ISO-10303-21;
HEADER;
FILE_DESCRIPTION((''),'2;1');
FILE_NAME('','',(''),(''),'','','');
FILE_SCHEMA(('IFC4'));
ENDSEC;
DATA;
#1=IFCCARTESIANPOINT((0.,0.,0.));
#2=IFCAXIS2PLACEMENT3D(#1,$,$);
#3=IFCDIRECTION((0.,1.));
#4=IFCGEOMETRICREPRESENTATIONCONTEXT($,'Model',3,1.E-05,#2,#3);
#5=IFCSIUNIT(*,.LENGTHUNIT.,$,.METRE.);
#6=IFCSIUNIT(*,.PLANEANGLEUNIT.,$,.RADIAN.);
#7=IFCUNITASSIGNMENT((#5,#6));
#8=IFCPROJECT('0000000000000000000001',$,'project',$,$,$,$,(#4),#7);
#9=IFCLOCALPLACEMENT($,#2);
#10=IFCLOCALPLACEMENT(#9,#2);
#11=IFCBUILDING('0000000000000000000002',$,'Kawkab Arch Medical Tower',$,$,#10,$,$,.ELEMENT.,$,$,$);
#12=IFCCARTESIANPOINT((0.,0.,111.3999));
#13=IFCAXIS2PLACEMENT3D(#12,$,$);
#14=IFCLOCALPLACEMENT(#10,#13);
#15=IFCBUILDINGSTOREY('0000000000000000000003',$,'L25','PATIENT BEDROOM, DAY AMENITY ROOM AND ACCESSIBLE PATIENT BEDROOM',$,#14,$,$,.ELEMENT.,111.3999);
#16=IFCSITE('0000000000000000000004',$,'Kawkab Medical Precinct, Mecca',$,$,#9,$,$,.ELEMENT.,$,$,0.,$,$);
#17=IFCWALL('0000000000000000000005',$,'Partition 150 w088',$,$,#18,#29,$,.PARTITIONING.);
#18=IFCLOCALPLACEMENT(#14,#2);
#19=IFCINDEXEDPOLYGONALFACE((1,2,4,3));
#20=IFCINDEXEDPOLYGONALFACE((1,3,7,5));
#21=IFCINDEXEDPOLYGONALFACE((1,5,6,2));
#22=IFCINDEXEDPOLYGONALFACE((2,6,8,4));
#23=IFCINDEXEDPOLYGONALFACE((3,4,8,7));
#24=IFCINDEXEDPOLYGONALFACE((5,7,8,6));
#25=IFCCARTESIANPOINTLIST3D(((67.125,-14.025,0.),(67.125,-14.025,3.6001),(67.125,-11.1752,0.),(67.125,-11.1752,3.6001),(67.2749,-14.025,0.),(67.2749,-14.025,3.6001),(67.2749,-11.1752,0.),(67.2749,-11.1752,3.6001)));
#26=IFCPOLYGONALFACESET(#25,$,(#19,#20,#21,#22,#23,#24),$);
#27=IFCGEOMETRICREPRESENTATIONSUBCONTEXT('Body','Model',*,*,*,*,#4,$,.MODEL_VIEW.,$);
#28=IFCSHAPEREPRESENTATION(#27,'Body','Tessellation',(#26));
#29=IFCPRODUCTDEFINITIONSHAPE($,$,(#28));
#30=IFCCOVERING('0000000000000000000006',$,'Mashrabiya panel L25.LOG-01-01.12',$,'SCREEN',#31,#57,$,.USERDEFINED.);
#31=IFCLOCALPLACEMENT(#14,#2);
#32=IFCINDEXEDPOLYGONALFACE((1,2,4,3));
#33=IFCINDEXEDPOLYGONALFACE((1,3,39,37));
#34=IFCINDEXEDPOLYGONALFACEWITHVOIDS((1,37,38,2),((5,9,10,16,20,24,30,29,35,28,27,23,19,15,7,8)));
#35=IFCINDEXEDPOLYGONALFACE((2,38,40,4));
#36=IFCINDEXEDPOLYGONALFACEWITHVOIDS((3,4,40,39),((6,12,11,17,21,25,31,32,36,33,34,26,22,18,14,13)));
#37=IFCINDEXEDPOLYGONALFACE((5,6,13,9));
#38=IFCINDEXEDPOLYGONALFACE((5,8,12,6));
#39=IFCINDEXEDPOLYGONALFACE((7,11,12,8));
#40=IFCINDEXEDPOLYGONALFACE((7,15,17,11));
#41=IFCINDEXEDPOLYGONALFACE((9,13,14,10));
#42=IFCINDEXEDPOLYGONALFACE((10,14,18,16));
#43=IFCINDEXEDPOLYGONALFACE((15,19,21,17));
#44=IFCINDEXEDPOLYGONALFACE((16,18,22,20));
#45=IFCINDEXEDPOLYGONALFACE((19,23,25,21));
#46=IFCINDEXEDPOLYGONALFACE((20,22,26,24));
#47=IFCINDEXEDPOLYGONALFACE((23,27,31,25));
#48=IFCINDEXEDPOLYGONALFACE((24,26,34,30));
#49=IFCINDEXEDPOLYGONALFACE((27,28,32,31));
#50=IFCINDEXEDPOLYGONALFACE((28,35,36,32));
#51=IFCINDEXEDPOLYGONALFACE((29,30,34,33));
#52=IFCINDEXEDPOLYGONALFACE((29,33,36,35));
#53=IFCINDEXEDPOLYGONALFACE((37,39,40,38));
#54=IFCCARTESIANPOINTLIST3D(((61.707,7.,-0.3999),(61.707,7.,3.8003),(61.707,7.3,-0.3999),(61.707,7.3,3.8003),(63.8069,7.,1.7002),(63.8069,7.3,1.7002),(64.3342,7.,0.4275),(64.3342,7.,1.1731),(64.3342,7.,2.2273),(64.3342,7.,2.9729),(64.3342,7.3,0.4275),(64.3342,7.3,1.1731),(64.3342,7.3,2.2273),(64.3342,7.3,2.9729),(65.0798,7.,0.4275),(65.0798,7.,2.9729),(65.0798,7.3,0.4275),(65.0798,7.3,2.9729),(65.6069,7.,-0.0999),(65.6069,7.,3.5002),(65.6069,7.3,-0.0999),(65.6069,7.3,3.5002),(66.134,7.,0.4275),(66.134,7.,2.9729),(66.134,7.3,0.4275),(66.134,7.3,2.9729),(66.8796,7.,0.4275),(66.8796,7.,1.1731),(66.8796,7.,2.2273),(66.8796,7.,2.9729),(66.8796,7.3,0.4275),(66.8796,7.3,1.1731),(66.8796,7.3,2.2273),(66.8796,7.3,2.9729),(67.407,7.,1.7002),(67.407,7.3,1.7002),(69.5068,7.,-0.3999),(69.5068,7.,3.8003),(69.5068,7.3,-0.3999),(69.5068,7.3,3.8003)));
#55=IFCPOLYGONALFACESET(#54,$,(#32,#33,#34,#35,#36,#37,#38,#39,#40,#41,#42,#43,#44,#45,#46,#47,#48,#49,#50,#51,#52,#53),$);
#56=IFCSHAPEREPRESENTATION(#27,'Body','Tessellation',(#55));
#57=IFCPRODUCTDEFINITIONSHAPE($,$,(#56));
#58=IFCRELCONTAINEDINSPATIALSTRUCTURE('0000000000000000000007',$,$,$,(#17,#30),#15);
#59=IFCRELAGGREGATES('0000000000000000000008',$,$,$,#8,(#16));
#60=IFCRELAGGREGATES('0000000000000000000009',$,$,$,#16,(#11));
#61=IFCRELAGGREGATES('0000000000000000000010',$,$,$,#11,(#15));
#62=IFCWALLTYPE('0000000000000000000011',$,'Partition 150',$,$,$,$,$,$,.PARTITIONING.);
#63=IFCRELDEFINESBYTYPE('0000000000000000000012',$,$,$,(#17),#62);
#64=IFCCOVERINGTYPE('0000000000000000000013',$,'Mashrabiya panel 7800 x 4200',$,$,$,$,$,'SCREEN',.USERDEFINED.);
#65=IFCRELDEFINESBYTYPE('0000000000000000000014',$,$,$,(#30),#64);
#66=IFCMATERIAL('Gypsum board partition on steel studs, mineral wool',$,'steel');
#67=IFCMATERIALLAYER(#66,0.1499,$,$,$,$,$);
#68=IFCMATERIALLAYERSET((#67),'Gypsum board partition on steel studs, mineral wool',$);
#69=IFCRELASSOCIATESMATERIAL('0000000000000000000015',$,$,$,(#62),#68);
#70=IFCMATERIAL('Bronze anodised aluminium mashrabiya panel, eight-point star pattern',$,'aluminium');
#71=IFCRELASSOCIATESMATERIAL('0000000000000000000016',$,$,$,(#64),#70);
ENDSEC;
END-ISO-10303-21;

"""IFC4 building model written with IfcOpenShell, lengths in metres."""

from ifc_helpers import new_model, si_unit, direction, frame, frame_2d, origin, place, context, subcontext, project, spatial, polyline, rectangle, outline, extrude, material, layer, layer_set, material_profile, profile_set, type_object, element, save


model = new_model("IFC4")

# Units and contexts
model_context = context("Model", 3, precision=1e-05, world=origin(), true_north=direction((0.0, 1.0)))
body_context = subcontext(model_context, "Body", "Model", "MODEL_VIEW")
ifc_project = project(units=[si_unit("LENGTHUNIT", "METRE"), si_unit("PLANEANGLEUNIT", "RADIAN")], contexts=[model_context])

# Site, building, storey
site_placement = place(None, origin())
site = spatial("IfcSite", under=ifc_project, at=site_placement, Name="Kawkab Medical Precinct, Mecca", CompositionType="ELEMENT", RefElevation=0.0)
building_placement = place(site_placement, origin())
building = spatial("IfcBuilding", under=site, at=building_placement, Name="Kawkab Arch Medical Tower", CompositionType="ELEMENT")
storey_placement = place(building_placement, frame((0.0, 0.0, 111.3999)))
storey = spatial("IfcBuildingStorey", under=building, at=storey_placement, Name="L25", Description="PATIENT BEDROOM, DAY AMENITY ROOM AND ACCESSIBLE PATIENT BEDROOM", CompositionType="ELEMENT", Elevation=111.3999)

# Wall
ifc_material_1 = material(Name="Gypsum board partition on steel studs, mineral wool", Category="steel")
ifc_layer_1 = layer(ifc_material_1, 0.1499)
ifc_layer_set_1 = layer_set([ifc_layer_1], Name="Gypsum board partition on steel studs, mineral wool")
wall_type_1 = type_object("IfcWallType", Name="Partition 150", PredefinedType="PARTITIONING", material=ifc_layer_set_1)
wall_1_placement = place(storey_placement, frame((67.2, -14.0249, 0.0), z_axis=(0.0, 0.0, 1.0), x_axis=(0.0, 1.0, 0.0)))
element("IfcWall", 1, at=wall_1_placement, inside=storey, type_object=wall_type_1, Name="Partition 150 w088", PredefinedType="PARTITIONING", context=body_context, shape_type="SweptSolid", body=[
    extrude(rectangle(XDim=2.8499, YDim=0.1499, at=frame_2d((1.4248, 0.0))), origin(), (0.0, 0.0, 1.0), 3.6001),
])

# Covering
ifc_material_2 = material(Name="Bronze anodised aluminium mashrabiya panel, eight-point star pattern", Category="aluminium")
ifc_material_profile_1 = material_profile(ifc_material_2, outline(polyline([(-3.8999, -2.1001), (3.8999, -2.1001), (3.8999, 2.1001), (-3.8999, 2.1001), (-3.8999, -2.1001)]), holes=[polyline([(1.8, 0.0), (1.2727, 0.5271), (1.2727, 1.2727), (0.5271, 1.2727), (0.0, 1.8), (-0.5271, 1.2727), (-1.2727, 1.2727), (-1.2727, 0.5271), (-1.8, 0.0), (-1.2727, -0.5271), (-1.2727, -1.2727), (-0.5271, -1.2727), (0.0, -1.8), (0.5271, -1.2727), (1.2727, -1.2727), (1.2727, -0.5271), (1.8, 0.0)])]), Name="Mashrabiya panel 7800x4200")
ifc_profile_set_1 = profile_set([ifc_material_profile_1], Name="Bronze anodised aluminium mashrabiya panel, eight-point star pattern")
covering_type = type_object("IfcCoveringType", Name="Mashrabiya panel 7800 x 4200", ElementType="SCREEN", PredefinedType="USERDEFINED", material=ifc_profile_set_1)
covering_placement = place(storey_placement, frame((65.6069, 7.0, 1.7002), z_axis=(0.0, 1.0, 0.0), x_axis=(-1.0, 0.0, 0.0)))
element("IfcCovering", 2, at=covering_placement, inside=storey, type_object=covering_type, Name="Mashrabiya panel L25.LOG-01-01.12", ObjectType="SCREEN", PredefinedType="USERDEFINED", context=body_context, shape_type="SweptSolid", body=[
    extrude(outline(polyline([(-3.8999, -2.1001), (3.8999, -2.1001), (3.8999, 2.1001), (-3.8999, 2.1001), (-3.8999, -2.1001)]), holes=[polyline([(1.8, 0.0), (1.2727, 0.5271), (1.2727, 1.2727), (0.5271, 1.2727), (0.0, 1.8), (-0.5271, 1.2727), (-1.2727, 1.2727), (-1.2727, 0.5271), (-1.8, 0.0), (-1.2727, -0.5271), (-1.2727, -1.2727), (-0.5271, -1.2727), (0.0, -1.8), (0.5271, -1.2727), (1.2727, -1.2727), (1.2727, -0.5271), (1.8, 0.0)])]), origin(), (0.0, 0.0, 1.0), 0.3),
])

save(model, "model.ifc")
